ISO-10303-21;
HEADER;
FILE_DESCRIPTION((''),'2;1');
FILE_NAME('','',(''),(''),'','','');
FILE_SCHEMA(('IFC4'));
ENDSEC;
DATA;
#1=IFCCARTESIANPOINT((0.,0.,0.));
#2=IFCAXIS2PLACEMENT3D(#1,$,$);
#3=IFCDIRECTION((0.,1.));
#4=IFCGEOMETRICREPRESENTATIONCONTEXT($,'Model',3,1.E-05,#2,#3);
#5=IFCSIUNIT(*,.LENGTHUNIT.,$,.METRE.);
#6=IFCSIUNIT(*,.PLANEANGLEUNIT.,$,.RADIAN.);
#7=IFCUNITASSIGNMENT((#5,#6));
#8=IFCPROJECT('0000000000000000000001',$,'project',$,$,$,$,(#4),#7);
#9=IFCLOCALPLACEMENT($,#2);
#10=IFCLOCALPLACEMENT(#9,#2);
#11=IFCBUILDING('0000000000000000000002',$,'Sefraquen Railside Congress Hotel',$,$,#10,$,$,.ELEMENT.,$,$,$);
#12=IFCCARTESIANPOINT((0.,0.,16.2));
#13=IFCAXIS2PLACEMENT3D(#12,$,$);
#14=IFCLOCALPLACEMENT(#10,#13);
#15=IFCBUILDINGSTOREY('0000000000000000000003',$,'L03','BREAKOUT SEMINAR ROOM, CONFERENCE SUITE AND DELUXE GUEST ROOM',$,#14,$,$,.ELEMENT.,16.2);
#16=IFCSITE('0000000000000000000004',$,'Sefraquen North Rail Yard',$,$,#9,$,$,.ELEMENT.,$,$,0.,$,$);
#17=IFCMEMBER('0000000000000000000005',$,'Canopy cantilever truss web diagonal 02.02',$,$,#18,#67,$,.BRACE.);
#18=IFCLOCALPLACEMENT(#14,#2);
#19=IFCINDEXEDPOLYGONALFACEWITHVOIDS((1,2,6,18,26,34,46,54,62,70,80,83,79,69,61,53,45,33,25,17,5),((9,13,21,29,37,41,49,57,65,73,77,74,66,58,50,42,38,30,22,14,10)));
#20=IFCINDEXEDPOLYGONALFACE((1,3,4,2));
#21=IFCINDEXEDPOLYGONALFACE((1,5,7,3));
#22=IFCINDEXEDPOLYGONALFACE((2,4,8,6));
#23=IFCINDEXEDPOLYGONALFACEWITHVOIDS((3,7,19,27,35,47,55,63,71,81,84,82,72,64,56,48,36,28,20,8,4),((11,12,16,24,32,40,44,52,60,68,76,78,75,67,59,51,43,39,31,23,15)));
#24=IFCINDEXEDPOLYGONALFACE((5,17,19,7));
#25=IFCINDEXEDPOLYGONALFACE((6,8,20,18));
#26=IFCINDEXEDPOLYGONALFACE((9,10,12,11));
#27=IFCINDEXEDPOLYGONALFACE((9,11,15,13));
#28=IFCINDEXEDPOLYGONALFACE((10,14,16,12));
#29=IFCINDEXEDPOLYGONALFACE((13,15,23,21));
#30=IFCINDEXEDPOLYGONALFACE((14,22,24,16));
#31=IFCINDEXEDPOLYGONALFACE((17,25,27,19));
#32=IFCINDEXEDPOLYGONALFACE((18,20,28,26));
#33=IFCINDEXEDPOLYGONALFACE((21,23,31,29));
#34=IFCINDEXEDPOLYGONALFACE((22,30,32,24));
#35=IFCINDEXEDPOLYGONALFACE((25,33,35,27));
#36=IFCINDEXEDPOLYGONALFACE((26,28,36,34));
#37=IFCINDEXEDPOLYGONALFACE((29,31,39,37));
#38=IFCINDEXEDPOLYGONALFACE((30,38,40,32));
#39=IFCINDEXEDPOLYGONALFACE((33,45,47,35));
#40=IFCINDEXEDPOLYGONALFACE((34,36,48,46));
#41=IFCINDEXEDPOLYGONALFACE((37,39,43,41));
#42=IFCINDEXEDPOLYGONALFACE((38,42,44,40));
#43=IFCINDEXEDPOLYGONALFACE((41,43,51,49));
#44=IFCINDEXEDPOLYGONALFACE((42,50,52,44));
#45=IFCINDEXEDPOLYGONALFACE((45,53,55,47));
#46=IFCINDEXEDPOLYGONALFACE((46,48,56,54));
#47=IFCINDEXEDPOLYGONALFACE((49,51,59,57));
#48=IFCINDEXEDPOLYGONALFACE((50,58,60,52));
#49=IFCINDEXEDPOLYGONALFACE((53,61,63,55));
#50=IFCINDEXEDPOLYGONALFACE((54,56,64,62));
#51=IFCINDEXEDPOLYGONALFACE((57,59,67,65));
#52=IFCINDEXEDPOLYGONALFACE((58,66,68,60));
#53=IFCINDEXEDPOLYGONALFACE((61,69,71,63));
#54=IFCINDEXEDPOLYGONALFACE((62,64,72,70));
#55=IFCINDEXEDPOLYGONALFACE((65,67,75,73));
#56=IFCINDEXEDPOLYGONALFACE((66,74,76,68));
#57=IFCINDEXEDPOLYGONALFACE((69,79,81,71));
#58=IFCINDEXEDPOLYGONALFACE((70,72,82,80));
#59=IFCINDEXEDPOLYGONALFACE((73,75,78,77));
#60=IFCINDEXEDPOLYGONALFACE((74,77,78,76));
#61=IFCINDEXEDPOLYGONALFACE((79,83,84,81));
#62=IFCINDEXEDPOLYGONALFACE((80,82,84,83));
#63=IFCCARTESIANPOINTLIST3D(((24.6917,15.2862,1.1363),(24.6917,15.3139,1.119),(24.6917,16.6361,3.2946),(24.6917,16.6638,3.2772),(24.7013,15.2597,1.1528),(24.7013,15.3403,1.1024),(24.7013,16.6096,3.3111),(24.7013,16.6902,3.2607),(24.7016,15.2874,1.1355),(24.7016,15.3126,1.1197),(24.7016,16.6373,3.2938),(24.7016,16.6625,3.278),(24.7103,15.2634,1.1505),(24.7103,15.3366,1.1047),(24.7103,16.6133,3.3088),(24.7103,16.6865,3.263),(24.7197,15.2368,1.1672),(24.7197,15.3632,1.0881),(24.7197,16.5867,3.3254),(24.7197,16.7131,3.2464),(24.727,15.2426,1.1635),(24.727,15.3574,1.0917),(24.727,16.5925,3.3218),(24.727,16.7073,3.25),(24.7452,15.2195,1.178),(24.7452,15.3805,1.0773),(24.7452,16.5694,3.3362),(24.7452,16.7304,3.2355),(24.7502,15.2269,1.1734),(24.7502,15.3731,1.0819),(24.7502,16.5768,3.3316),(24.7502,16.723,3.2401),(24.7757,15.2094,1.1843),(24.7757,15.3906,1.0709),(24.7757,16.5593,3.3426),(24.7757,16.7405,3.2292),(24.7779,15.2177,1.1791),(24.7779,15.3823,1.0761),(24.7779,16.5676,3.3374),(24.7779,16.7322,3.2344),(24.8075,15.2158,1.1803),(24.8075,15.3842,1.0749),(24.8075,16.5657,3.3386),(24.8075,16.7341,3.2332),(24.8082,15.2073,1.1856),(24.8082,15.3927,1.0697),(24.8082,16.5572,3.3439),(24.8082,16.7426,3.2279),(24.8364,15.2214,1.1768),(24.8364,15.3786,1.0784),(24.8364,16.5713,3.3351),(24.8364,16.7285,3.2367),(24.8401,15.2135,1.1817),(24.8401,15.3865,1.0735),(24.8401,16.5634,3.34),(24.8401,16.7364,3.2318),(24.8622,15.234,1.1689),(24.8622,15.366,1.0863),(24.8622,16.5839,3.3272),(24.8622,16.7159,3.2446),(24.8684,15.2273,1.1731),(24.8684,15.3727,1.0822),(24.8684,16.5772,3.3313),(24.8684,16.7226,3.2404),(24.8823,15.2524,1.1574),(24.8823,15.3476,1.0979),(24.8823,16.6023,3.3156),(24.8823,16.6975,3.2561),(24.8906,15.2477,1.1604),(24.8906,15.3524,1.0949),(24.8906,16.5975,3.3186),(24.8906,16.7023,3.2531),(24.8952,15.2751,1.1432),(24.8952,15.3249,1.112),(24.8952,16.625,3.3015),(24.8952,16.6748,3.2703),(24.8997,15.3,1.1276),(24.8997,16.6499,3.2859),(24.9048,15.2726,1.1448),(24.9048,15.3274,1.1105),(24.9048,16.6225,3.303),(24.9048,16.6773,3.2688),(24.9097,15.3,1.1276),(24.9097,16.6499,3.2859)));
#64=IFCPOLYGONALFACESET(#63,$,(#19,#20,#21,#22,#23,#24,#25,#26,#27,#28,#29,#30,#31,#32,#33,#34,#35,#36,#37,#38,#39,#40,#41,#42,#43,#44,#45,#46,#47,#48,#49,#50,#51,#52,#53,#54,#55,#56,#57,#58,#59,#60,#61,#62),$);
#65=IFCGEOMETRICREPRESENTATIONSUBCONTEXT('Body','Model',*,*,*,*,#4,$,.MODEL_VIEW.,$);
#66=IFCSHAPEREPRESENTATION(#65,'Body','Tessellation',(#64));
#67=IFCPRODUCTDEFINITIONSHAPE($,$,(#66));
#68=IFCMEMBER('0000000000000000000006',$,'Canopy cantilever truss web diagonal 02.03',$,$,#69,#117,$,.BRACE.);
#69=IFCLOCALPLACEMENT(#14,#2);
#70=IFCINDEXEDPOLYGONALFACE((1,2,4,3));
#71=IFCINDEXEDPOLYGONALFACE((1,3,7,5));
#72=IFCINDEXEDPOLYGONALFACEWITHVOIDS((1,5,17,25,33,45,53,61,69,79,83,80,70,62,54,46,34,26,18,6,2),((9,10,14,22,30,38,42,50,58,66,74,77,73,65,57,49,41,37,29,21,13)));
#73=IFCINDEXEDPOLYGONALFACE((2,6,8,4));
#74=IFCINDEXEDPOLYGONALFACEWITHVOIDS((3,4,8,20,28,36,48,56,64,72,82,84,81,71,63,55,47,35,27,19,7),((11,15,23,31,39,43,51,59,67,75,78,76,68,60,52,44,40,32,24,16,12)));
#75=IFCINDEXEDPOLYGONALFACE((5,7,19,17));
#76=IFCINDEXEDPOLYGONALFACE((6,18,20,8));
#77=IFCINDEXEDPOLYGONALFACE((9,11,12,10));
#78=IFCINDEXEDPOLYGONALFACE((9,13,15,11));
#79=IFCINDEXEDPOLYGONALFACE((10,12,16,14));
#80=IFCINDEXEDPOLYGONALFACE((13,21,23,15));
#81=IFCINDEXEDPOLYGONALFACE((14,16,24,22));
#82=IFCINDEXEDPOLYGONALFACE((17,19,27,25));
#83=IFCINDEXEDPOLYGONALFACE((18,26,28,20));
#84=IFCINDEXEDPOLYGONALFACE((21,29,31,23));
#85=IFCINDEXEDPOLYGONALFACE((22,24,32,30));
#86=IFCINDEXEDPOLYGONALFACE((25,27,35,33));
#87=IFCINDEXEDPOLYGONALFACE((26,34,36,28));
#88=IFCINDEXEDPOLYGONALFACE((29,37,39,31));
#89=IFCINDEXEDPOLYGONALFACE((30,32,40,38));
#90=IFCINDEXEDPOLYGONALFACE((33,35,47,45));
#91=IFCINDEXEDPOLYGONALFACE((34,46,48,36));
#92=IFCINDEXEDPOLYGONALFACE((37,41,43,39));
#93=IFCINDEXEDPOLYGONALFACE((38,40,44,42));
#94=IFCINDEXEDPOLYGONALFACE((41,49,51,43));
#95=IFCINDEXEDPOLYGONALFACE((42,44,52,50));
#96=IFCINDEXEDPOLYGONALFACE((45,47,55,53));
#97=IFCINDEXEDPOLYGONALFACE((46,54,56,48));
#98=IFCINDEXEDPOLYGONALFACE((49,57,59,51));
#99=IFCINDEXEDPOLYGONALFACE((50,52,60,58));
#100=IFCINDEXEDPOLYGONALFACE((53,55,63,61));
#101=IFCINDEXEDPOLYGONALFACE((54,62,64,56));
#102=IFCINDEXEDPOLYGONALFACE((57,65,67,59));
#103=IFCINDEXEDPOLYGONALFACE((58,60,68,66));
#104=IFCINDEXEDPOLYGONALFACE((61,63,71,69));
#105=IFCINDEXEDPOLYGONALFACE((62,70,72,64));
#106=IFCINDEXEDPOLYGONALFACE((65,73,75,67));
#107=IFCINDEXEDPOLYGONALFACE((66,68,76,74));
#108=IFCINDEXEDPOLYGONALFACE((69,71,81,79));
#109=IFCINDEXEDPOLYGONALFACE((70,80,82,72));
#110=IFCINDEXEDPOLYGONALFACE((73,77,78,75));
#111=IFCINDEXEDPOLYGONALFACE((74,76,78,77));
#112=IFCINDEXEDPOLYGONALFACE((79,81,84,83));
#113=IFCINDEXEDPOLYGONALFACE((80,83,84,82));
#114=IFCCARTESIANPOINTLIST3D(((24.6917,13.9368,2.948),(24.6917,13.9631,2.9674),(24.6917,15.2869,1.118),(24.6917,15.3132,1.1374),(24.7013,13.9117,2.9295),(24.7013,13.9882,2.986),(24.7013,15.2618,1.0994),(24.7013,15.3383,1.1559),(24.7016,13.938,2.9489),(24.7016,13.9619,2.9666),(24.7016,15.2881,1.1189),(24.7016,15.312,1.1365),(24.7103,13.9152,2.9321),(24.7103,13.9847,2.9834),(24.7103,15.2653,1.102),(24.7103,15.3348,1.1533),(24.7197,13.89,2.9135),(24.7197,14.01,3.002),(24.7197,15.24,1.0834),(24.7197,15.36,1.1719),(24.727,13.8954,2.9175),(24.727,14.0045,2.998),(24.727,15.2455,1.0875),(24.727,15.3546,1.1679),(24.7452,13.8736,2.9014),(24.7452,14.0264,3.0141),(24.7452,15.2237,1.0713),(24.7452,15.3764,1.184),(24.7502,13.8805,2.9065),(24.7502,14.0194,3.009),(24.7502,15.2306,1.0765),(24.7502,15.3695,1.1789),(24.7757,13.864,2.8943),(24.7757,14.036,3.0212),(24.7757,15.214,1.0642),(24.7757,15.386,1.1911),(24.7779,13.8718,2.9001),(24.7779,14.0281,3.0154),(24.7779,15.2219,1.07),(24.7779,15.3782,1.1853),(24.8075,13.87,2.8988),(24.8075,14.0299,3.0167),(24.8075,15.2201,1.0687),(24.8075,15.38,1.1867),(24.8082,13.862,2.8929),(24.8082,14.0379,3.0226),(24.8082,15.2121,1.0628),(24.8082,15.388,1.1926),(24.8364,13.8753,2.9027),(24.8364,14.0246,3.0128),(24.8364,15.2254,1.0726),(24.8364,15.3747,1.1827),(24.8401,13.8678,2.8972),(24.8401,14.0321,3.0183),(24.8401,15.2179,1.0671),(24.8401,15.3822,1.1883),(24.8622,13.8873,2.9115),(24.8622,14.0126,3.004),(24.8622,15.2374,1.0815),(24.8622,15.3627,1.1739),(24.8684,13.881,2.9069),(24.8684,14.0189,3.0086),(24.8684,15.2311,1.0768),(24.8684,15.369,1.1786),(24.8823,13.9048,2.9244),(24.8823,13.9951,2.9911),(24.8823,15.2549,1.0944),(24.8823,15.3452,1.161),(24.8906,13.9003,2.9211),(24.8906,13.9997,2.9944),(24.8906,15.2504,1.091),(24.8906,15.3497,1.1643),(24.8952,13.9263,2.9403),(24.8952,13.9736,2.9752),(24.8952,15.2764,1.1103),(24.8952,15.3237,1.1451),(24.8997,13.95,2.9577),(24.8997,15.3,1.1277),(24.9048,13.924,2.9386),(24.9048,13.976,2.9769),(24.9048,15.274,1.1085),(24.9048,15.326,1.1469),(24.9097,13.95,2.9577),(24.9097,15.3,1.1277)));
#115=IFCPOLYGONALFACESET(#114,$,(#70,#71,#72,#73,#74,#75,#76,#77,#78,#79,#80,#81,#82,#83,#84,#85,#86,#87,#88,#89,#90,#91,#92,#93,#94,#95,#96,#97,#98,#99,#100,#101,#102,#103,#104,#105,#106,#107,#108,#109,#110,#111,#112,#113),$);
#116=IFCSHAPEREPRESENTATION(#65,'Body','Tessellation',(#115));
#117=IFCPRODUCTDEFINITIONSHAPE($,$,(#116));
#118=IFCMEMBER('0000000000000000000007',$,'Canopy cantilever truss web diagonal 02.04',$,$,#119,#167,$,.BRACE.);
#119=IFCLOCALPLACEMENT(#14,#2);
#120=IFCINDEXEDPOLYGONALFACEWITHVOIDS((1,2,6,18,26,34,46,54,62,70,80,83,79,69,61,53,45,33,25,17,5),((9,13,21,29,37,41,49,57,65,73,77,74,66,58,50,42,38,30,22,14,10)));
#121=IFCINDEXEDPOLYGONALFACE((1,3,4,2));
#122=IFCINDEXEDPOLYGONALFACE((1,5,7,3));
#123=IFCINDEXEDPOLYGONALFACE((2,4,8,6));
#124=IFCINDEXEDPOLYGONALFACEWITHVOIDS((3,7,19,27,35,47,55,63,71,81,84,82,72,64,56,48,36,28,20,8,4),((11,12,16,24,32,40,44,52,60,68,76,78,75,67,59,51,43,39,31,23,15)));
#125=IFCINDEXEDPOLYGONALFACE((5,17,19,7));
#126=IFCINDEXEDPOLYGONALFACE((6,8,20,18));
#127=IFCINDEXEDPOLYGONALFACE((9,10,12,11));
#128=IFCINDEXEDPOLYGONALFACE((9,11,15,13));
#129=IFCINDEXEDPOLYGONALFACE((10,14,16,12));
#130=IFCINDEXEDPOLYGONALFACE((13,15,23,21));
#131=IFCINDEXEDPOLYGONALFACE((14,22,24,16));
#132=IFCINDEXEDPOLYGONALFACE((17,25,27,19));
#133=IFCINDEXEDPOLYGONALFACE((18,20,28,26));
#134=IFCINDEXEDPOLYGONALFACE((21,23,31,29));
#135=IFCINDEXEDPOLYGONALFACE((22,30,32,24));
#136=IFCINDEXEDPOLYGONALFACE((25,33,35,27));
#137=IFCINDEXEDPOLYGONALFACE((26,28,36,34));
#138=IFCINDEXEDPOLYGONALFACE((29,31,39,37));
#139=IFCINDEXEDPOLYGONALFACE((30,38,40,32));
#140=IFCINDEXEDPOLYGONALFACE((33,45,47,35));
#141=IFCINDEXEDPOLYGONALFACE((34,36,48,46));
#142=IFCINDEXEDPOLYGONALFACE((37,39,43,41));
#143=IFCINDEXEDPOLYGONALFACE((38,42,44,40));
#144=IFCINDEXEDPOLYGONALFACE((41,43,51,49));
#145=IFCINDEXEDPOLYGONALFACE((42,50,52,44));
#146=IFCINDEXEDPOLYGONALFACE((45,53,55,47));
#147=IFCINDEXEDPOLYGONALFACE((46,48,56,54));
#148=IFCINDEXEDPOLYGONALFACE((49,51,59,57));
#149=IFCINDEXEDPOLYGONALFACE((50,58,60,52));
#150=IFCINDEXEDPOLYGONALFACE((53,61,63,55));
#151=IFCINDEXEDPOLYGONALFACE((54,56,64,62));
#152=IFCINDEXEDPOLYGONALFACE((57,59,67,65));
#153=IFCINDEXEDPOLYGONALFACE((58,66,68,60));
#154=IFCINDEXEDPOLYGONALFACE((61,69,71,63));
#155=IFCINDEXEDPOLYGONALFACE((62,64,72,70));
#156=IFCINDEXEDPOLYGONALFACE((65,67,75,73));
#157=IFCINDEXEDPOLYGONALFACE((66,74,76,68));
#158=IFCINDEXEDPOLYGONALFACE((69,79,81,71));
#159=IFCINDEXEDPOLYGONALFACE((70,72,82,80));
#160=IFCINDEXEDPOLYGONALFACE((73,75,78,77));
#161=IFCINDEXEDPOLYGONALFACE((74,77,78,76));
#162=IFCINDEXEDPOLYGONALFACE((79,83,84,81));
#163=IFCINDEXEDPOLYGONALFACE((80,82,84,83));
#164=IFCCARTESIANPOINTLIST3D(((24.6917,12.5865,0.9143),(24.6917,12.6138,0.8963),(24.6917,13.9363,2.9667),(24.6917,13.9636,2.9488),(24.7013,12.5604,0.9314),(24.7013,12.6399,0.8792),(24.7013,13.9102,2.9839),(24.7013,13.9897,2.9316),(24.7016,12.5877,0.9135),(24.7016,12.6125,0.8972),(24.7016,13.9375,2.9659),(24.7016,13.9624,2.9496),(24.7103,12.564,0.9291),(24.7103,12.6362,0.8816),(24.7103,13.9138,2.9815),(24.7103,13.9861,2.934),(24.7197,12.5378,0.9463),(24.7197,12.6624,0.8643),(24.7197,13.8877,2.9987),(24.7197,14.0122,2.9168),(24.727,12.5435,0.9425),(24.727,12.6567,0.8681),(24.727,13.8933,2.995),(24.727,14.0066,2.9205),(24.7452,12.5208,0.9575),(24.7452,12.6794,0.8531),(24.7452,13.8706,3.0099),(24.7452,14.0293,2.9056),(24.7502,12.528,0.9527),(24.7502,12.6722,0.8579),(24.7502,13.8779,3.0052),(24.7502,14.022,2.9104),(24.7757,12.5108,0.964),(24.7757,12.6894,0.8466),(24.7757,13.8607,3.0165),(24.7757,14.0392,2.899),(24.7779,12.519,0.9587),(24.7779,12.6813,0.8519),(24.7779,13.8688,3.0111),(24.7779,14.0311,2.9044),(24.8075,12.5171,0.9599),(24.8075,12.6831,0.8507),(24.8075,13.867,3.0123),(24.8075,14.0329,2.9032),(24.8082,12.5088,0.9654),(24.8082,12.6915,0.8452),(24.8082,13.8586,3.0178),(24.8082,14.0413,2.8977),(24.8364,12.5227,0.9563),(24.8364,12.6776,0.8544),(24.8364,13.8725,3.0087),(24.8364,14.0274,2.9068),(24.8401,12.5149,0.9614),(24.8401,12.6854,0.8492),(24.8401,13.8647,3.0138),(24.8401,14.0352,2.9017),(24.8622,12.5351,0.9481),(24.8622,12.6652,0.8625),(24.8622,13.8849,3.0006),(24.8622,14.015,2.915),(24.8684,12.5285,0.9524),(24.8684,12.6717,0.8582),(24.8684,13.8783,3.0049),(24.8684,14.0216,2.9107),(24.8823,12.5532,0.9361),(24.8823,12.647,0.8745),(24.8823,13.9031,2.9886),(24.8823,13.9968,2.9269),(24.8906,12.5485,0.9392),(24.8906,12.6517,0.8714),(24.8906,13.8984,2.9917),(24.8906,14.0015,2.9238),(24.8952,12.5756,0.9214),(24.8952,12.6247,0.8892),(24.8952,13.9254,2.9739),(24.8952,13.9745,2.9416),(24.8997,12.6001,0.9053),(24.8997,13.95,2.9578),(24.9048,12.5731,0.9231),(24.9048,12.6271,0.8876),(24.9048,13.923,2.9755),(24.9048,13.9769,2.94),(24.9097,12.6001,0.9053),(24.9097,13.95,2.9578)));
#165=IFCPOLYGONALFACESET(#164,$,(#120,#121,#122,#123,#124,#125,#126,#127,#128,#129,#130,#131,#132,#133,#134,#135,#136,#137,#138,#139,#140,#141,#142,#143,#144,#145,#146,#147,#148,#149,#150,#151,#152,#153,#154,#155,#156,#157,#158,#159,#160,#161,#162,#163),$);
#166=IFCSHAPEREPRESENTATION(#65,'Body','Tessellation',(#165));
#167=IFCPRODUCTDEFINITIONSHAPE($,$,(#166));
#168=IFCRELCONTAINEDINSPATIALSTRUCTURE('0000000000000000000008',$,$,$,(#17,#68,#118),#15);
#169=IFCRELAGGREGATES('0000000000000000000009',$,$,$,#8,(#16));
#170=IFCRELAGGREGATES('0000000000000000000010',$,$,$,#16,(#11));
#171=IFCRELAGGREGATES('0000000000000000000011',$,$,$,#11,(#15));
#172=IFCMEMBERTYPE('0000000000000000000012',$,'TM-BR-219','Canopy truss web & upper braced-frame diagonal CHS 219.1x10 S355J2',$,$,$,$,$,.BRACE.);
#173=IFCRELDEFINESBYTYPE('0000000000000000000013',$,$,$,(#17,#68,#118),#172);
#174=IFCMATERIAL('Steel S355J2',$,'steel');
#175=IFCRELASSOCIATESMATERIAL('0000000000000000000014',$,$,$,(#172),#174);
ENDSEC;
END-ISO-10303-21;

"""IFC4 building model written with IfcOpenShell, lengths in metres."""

from ifc_helpers import new_model, si_unit, direction, frame, origin, origin_2d, place, context, subcontext, project, spatial, hollow_circle, extrude, material, material_profile, profile_set, type_object, element, save


model = new_model("IFC4")

# Units and contexts
model_context = context("Model", 3, precision=1e-05, world=origin(), true_north=direction((0.0, 1.0)))
body_context = subcontext(model_context, "Body", "Model", "MODEL_VIEW")
ifc_project = project(units=[si_unit("LENGTHUNIT", "METRE"), si_unit("PLANEANGLEUNIT", "RADIAN")], contexts=[model_context])

# Site, building, storey
site_placement = place(None, origin())
site = spatial("IfcSite", under=ifc_project, at=site_placement, Name="Sefraquen North Rail Yard", CompositionType="ELEMENT", RefElevation=0.0)
building_placement = place(site_placement, origin())
building = spatial("IfcBuilding", under=site, at=building_placement, Name="Sefraquen Railside Congress Hotel", CompositionType="ELEMENT")
storey_placement = place(building_placement, frame((0.0, 0.0, 16.2)))
storey = spatial("IfcBuildingStorey", under=building, at=storey_placement, Name="L03", Description="BREAKOUT SEMINAR ROOM, CONFERENCE SUITE AND DELUXE GUEST ROOM", CompositionType="ELEMENT", Elevation=16.2)

# Shared definitions
ifc_material_1 = material(Name="Steel S355J2", Category="steel")

# Members
ifc_material_profile_1 = material_profile(ifc_material_1, hollow_circle(Radius=0.1096, WallThickness=0.01, at=origin_2d()), Name="CHS 219.1x10")
ifc_profile_set_1 = profile_set([ifc_material_profile_1], Name="Steel S355J2")
member_type_1 = type_object("IfcMemberType", Name="TM-BR-219", Description="Canopy truss web & upper braced-frame diagonal CHS 219.1x10 S355J2", PredefinedType="BRACE", material=ifc_profile_set_1)
member_1_placement = place(storey_placement, frame((24.8, 16.6499, 3.2859), z_axis=(0.0, -0.530275, -0.847826), x_axis=(1.0, 0.0, 0.0)))
element("IfcMember", 1, at=member_1_placement, inside=storey, type_object=member_type_1, Name="Canopy cantilever truss web diagonal 02.02", PredefinedType="BRACE", context=body_context, shape_type="SweptSolid", body=[
    extrude(hollow_circle(Radius=0.1096, WallThickness=0.01, at=origin_2d()), origin(), (0.0, 0.0, 1.0), 2.5457),
])
member_2_placement = place(storey_placement, frame((24.8, 15.3, 1.1277), z_axis=(0.0, -0.59366, 0.804716), x_axis=(1.0, 0.0, 0.0)))
element("IfcMember", 2, at=member_2_placement, inside=storey, type_object=member_type_1, Name="Canopy cantilever truss web diagonal 02.03", PredefinedType="BRACE", context=body_context, shape_type="SweptSolid", body=[
    extrude(hollow_circle(Radius=0.1096, WallThickness=0.01, at=origin_2d()), origin(), (0.0, 0.0, 1.0), 2.2742),
])
member_3_placement = place(storey_placement, frame((24.8, 13.95, 2.9578), z_axis=(0.0, -0.549483, -0.835505), x_axis=(1.0, 0.0, 0.0)))
element("IfcMember", 3, at=member_3_placement, inside=storey, type_object=member_type_1, Name="Canopy cantilever truss web diagonal 02.04", PredefinedType="BRACE", context=body_context, shape_type="SweptSolid", body=[
    extrude(hollow_circle(Radius=0.1096, WallThickness=0.01, at=origin_2d()), origin(), (0.0, 0.0, 1.0), 2.4565),
])

save(model, "model.ifc")
